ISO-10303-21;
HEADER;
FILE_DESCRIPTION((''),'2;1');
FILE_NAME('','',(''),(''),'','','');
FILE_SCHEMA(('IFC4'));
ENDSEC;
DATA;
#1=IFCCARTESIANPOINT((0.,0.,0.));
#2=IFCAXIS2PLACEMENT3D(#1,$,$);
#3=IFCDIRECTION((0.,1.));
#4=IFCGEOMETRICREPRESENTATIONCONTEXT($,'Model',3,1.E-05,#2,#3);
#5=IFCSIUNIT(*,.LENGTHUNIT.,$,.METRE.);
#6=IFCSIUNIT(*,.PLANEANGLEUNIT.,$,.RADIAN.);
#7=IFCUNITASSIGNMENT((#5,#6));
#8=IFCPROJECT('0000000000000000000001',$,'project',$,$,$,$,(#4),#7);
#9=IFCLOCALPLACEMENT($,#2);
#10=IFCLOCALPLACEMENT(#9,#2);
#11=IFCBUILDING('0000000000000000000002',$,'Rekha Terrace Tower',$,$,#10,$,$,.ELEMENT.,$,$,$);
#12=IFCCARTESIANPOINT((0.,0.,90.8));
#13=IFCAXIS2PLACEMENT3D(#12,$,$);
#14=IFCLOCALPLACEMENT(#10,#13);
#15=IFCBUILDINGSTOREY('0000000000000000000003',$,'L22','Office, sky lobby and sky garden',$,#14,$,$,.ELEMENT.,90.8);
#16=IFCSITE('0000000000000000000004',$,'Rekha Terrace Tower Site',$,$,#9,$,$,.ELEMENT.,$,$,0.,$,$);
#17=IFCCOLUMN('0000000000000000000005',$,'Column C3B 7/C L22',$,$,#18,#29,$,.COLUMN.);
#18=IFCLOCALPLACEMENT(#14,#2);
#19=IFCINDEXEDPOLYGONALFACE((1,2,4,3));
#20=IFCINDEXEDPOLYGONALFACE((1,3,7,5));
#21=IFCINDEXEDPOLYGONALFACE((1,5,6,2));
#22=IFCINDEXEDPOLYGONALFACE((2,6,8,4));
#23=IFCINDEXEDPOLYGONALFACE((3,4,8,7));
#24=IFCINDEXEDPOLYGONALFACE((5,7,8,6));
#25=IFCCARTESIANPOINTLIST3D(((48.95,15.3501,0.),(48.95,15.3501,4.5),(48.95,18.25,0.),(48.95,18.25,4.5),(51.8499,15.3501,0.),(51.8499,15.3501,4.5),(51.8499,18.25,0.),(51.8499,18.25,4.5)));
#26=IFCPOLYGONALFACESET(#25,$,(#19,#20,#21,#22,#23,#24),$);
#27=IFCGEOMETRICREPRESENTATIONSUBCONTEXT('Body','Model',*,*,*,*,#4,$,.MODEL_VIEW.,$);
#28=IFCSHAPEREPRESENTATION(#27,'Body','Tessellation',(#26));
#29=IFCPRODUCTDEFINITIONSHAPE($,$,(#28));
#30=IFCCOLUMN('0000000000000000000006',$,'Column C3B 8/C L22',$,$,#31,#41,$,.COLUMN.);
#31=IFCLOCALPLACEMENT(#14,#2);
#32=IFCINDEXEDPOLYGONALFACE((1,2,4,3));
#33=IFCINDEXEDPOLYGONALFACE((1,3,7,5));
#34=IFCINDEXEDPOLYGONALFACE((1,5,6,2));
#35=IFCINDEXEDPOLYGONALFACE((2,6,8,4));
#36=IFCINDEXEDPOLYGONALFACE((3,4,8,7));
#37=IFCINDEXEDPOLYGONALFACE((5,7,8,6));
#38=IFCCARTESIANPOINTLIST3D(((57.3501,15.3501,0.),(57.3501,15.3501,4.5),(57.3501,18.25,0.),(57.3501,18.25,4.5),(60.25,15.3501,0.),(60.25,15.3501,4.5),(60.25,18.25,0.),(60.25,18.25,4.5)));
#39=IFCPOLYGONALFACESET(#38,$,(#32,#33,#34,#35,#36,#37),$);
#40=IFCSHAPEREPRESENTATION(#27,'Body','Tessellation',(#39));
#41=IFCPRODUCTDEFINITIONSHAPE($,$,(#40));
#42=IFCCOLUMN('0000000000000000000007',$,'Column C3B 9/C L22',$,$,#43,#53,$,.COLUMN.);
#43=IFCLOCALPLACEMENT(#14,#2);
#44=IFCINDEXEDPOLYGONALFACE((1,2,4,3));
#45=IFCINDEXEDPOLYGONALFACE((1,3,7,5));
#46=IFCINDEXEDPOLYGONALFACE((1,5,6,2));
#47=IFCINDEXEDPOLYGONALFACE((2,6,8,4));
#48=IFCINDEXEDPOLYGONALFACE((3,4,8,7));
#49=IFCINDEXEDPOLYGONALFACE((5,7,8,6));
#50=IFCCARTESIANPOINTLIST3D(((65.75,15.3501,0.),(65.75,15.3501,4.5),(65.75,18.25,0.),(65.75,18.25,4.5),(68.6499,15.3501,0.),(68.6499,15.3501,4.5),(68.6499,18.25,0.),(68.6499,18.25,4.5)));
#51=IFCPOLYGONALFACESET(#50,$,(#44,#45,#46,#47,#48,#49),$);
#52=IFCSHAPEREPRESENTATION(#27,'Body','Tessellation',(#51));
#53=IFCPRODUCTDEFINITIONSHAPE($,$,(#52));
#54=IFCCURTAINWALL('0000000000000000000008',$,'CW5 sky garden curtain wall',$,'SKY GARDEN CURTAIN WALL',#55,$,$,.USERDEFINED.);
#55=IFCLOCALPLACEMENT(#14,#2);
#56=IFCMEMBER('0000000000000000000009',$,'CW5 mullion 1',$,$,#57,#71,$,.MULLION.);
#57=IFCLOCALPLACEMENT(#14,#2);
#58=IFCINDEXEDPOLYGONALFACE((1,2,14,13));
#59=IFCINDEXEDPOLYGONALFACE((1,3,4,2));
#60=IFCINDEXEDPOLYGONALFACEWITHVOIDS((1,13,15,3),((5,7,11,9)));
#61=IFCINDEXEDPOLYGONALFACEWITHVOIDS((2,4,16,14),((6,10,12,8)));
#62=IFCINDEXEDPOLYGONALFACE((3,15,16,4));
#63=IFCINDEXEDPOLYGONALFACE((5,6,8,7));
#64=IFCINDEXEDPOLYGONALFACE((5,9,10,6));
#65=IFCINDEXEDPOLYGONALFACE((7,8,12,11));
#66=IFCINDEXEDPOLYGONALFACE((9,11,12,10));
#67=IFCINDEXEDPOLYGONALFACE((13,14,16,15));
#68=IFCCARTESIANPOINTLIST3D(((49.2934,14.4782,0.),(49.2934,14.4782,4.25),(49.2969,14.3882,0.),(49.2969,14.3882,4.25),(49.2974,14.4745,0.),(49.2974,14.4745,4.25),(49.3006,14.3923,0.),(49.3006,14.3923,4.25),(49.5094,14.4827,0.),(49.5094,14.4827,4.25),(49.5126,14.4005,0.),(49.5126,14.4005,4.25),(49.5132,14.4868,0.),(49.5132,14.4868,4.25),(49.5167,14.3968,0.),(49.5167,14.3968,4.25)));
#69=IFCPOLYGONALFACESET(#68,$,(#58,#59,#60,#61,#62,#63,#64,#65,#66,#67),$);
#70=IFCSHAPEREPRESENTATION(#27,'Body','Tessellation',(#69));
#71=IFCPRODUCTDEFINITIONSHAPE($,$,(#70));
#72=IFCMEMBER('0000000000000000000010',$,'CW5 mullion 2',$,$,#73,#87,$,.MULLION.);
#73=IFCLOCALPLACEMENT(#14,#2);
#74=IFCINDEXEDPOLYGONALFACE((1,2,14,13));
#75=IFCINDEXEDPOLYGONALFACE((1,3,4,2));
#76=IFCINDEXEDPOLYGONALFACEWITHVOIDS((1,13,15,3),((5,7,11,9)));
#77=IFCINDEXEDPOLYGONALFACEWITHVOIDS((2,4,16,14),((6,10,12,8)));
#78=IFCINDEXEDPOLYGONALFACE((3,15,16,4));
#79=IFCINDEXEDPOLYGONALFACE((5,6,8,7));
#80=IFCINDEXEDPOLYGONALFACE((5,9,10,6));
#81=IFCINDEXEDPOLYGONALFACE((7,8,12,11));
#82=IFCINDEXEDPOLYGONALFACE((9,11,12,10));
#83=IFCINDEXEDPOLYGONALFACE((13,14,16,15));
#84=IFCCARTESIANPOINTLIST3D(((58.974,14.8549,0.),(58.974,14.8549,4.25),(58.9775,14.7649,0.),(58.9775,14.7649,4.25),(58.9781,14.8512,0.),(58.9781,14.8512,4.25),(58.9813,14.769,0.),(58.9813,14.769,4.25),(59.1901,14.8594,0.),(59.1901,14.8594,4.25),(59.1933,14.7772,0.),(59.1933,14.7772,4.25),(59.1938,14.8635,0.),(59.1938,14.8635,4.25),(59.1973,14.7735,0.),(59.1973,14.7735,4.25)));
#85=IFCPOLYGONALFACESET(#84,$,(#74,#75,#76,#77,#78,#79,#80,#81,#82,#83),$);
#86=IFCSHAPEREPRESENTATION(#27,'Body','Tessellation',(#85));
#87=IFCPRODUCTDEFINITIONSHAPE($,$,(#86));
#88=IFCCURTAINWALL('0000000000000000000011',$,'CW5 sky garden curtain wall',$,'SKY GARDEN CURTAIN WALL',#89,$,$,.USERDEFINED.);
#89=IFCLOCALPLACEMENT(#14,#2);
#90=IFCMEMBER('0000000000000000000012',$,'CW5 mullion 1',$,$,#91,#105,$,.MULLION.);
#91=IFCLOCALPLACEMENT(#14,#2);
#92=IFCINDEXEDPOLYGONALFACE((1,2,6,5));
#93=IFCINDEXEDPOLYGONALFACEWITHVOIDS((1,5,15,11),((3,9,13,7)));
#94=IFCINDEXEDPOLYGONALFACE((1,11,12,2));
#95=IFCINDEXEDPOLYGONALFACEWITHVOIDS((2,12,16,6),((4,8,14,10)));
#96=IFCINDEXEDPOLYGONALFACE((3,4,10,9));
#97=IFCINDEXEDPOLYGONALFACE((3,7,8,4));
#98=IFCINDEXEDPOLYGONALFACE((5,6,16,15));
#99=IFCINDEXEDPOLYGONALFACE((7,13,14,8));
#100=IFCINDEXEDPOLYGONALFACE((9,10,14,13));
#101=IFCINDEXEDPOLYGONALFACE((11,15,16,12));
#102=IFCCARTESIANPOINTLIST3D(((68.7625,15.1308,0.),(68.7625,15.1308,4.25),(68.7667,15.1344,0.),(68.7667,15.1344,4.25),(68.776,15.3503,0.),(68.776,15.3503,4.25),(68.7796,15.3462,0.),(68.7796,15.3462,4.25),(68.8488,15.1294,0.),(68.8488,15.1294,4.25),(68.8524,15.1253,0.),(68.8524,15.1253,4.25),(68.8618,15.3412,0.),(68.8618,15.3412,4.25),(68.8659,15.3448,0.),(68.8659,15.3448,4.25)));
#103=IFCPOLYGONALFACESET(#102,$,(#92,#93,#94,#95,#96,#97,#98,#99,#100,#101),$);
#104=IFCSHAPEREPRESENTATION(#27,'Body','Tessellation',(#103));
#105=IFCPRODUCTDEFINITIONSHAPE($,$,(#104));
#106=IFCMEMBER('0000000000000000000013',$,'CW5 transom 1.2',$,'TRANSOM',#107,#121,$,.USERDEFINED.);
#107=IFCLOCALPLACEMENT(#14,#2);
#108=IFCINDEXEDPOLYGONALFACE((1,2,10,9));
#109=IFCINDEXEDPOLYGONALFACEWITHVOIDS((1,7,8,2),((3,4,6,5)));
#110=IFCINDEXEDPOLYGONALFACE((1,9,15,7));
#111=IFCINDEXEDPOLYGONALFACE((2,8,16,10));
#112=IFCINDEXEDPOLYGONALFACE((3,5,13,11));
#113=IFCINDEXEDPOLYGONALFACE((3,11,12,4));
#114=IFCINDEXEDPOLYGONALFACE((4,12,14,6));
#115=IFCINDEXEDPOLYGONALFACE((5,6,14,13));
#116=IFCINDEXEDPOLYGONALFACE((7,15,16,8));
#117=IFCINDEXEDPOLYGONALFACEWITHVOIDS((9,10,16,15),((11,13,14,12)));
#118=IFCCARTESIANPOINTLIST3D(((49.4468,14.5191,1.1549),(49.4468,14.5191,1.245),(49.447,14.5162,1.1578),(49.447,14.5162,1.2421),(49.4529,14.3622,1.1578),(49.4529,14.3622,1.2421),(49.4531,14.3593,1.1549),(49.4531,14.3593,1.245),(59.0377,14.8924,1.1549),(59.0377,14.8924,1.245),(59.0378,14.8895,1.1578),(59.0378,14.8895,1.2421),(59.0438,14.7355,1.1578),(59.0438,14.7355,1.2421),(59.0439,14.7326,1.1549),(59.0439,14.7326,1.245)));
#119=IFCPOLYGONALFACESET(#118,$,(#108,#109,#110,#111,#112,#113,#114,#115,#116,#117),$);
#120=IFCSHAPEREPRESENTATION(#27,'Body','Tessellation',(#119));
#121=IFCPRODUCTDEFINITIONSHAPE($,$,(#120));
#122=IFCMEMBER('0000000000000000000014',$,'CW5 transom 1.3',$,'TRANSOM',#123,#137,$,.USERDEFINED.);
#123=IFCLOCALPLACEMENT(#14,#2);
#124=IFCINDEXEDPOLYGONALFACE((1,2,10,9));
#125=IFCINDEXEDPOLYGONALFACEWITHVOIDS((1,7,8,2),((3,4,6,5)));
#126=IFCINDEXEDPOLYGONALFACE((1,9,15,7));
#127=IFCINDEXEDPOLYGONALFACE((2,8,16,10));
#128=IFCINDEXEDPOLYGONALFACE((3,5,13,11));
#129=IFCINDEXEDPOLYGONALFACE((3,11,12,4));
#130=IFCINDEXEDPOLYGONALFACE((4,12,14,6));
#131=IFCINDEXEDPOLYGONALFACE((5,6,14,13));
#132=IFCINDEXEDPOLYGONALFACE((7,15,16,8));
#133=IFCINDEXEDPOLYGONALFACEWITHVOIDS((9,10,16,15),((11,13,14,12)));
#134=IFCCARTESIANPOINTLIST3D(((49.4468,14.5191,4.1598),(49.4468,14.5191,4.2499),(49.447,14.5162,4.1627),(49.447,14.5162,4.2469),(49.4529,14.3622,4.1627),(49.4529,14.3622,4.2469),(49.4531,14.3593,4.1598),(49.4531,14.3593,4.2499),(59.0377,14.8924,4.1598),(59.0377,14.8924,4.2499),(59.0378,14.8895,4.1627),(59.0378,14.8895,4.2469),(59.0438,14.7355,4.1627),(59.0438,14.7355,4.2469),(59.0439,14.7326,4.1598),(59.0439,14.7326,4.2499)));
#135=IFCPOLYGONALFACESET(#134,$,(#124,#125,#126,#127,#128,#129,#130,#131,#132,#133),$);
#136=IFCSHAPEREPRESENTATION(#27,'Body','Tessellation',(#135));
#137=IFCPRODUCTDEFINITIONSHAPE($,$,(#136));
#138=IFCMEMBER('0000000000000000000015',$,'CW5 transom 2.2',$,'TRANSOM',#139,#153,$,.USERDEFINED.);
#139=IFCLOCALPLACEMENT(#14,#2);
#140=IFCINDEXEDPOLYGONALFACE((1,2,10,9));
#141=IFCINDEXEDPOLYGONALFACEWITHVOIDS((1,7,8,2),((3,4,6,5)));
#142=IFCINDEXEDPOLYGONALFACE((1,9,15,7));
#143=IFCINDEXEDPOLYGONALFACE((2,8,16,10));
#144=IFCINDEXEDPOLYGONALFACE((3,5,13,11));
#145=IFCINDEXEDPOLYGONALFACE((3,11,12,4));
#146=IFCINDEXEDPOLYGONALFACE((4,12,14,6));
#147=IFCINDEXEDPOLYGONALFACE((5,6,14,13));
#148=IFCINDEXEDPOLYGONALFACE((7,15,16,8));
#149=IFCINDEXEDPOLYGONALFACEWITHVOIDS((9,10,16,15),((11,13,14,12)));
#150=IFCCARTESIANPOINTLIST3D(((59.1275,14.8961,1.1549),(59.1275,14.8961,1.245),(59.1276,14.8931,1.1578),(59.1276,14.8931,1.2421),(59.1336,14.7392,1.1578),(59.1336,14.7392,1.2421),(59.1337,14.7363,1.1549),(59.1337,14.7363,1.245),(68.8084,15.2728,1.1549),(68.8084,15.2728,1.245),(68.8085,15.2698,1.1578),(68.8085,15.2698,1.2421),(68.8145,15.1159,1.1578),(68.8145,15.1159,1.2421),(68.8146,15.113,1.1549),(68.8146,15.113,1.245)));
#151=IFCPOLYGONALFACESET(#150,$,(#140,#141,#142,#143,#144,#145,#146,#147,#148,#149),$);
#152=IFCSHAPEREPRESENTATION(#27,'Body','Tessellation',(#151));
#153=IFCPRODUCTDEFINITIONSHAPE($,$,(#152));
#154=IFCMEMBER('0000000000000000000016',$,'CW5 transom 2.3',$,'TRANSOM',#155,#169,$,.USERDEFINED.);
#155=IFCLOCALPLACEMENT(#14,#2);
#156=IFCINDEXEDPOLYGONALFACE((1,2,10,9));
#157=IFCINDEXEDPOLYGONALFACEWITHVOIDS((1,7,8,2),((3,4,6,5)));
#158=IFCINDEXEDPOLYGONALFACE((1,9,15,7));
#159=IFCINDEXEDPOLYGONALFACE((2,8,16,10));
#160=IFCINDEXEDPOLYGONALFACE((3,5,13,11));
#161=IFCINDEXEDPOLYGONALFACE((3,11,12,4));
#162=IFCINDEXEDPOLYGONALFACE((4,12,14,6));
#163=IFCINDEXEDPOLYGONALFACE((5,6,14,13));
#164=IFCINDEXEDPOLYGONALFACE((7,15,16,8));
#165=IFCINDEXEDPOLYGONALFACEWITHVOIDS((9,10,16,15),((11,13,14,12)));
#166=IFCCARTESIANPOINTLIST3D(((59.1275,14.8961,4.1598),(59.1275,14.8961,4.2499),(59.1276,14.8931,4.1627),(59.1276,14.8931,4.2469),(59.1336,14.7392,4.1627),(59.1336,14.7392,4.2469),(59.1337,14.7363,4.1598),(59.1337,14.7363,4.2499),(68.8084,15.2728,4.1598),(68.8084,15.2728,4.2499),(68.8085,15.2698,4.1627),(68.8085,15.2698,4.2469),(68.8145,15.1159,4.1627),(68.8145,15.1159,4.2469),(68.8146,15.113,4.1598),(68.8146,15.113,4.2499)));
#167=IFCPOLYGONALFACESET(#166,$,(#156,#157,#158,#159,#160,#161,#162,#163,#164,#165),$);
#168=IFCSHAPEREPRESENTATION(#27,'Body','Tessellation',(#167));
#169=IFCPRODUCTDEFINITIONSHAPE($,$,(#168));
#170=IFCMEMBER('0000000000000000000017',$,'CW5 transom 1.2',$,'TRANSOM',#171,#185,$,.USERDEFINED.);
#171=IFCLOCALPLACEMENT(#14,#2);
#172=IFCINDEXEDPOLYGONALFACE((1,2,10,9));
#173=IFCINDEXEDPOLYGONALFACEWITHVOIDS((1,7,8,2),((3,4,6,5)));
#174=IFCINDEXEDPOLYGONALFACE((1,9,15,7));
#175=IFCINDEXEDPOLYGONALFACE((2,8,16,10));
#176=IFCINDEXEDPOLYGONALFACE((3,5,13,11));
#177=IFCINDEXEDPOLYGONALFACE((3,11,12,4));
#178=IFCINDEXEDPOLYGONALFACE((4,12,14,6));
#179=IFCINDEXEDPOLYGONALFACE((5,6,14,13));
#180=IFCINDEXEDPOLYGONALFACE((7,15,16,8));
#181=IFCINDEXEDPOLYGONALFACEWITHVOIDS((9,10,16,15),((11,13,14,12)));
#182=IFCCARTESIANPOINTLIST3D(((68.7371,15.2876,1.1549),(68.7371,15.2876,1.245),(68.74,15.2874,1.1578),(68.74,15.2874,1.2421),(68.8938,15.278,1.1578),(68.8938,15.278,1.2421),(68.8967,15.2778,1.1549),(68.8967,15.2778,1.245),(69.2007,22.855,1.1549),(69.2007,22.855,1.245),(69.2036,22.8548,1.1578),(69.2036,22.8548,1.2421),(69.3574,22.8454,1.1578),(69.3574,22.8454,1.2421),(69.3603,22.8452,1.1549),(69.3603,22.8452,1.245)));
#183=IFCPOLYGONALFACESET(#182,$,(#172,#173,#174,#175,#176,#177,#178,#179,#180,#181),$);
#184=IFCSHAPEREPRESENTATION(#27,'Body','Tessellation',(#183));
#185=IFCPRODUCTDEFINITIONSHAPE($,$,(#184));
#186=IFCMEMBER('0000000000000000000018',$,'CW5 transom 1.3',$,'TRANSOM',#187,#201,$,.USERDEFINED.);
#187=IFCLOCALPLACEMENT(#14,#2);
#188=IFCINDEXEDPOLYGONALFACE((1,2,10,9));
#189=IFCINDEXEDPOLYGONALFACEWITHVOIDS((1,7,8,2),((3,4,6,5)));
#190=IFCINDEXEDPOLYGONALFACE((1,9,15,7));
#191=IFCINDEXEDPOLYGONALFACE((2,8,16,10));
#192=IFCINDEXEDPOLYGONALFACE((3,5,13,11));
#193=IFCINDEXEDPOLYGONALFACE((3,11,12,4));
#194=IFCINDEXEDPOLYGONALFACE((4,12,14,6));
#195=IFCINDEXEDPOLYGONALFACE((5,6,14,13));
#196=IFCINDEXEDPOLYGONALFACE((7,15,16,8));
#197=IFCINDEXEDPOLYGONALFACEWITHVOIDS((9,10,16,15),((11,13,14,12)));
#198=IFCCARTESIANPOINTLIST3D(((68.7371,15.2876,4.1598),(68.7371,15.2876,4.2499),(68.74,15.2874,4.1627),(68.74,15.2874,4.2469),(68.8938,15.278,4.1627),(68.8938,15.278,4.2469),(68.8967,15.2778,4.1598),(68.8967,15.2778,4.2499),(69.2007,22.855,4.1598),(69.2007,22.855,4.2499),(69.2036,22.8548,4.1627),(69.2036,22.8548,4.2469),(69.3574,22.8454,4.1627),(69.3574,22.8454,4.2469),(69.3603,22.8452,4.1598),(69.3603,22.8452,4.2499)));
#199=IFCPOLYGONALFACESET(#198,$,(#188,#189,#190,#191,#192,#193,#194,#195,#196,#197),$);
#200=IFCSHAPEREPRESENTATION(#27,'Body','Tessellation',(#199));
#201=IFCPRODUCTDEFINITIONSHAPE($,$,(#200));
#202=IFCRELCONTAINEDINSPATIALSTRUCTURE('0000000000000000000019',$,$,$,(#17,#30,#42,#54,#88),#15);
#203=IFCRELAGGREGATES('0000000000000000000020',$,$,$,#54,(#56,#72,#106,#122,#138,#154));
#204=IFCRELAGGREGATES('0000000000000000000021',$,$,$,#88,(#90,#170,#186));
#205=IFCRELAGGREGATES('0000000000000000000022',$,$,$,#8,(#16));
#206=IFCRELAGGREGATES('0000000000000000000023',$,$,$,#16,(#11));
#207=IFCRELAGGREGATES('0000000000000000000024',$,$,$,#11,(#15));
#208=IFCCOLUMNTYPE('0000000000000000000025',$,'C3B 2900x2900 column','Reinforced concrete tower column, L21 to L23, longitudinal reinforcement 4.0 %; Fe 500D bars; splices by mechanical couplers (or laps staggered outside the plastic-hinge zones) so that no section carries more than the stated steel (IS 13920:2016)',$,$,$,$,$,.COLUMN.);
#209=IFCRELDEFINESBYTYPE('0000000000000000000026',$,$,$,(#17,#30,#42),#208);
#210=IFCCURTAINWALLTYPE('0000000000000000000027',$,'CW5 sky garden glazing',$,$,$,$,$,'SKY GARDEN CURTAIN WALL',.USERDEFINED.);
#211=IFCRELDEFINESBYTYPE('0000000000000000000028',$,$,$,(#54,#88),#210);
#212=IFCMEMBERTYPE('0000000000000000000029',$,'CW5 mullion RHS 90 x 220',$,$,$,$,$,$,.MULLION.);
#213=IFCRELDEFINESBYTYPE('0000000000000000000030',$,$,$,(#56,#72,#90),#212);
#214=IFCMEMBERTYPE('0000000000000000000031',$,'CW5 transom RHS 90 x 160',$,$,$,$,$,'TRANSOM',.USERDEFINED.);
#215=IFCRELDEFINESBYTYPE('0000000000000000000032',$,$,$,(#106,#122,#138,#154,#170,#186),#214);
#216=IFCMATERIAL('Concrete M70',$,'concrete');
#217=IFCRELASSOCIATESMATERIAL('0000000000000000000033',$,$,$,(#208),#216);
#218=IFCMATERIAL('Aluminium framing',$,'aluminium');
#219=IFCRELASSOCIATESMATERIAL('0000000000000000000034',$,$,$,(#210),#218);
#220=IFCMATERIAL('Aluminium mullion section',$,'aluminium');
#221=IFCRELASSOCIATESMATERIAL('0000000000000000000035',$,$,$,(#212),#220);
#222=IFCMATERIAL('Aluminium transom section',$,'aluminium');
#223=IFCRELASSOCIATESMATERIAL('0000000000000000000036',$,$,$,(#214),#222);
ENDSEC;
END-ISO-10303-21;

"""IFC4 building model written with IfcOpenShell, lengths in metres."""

from ifc_helpers import new_model, si_unit, direction, frame, origin, origin_2d, place, context, subcontext, project, spatial, rectangle, hollow_rectangle, extrude, material, material_profile, profile_set, type_object, element, aggregate, save


model = new_model("IFC4")

# Units and contexts
model_context = context("Model", 3, precision=1e-05, world=origin(), true_north=direction((0.0, 1.0)))
body_context = subcontext(model_context, "Body", "Model", "MODEL_VIEW")
ifc_project = project(units=[si_unit("LENGTHUNIT", "METRE"), si_unit("PLANEANGLEUNIT", "RADIAN")], contexts=[model_context])

# Site, building, storey
site_placement = place(None, origin())
site = spatial("IfcSite", under=ifc_project, at=site_placement, Name="Rekha Terrace Tower Site", CompositionType="ELEMENT", RefElevation=0.0)
building_placement = place(site_placement, origin())
building = spatial("IfcBuilding", under=site, at=building_placement, Name="Rekha Terrace Tower", CompositionType="ELEMENT")
storey_placement = place(building_placement, frame((0.0, 0.0, 90.8)))
storey = spatial("IfcBuildingStorey", under=building, at=storey_placement, Name="L22", Description="Office, sky lobby and sky garden", CompositionType="ELEMENT", Elevation=90.8)

# Columns
ifc_material_1 = material(Name="Concrete M70", Category="concrete")
ifc_material_profile_1 = material_profile(ifc_material_1, rectangle(XDim=2.8999, YDim=2.8999, at=origin_2d()), Name="RC 2900x2900")
ifc_profile_set_1 = profile_set([ifc_material_profile_1], Name="Concrete M70")
column_type = type_object("IfcColumnType", Name="C3B 2900x2900 column", Description="Reinforced concrete tower column, L21 to L23, longitudinal reinforcement 4.0 %; Fe 500D bars; splices by mechanical couplers (or laps staggered outside the plastic-hinge zones) so that no section carries more than the stated steel (IS 13920:2016)", PredefinedType="COLUMN", material=ifc_profile_set_1)
for number, where, z_axis, x_axis, name in (
    (1, (50.3999, 16.8, 0.0), (0.0, 0.0, 1.0), (1.0, 0.0, 0.0), "Column C3B 7/C L22"),
    (2, (58.8, 16.8, 0.0), (0.0, 0.0, 1.0), (1.0, 0.0, 0.0), "Column C3B 8/C L22"),
    (3, (67.2, 16.8, 0.0), (0.0, 0.0, 1.0), (1.0, 0.0, 0.0), "Column C3B 9/C L22"),
):
    element("IfcColumn", number, at=place(storey_placement, frame(where, z_axis=z_axis, x_axis=x_axis)), inside=storey, type_object=column_type, Name=name, PredefinedType="COLUMN", context=body_context, shape_type="SweptSolid", body=[
        extrude(rectangle(XDim=2.8999, YDim=2.8999, at=origin_2d()), origin(), (0.0, 0.0, 1.0), 4.5),
    ])

# Curtain wall, members
ifc_material_2 = material(Name="Aluminium framing", Category="aluminium")
curtain_wall_type = type_object("IfcCurtainWallType", Name="CW5 sky garden glazing", ElementType="SKY GARDEN CURTAIN WALL", PredefinedType="USERDEFINED", material=ifc_material_2)
curtain_wall_1_placement = place(storey_placement, origin())
curtain_wall_1 = element("IfcCurtainWall", 4, at=curtain_wall_1_placement, inside=storey, type_object=curtain_wall_type, Name="CW5 sky garden curtain wall", ObjectType="SKY GARDEN CURTAIN WALL", PredefinedType="USERDEFINED")
ifc_material_3 = material(Name="Aluminium mullion section", Category="aluminium")
ifc_material_profile_2 = material_profile(ifc_material_3, hollow_rectangle(XDim=0.0901, YDim=0.22, WallThickness=0.0039, at=origin_2d()), Name="AL RHS 90x220")
ifc_profile_set_2 = profile_set([ifc_material_profile_2], Name="Aluminium mullion section")
member_type_1 = type_object("IfcMemberType", Name="CW5 mullion RHS 90 x 220", PredefinedType="MULLION", material=ifc_profile_set_2)
member_1_placement = place(storey_placement, frame((49.405, 14.4375, 0.0), z_axis=(0.0, 0.0, 1.0), x_axis=(-0.03889, 0.999243, 0.0)))
member_1 = element("IfcMember", 5, at=member_1_placement, type_object=member_type_1, Name="CW5 mullion 1", PredefinedType="MULLION", context=body_context, shape_type="SweptSolid", body=[
    extrude(hollow_rectangle(XDim=0.0901, YDim=0.22, WallThickness=0.0039, at=origin_2d()), origin(), (0.0, 0.0, 1.0), 4.25),
])
member_2_placement = place(storey_placement, frame((59.0857, 14.8142, 0.0), z_axis=(0.0, 0.0, 1.0), x_axis=(-0.03889, 0.999243, 0.0)))
member_2 = element("IfcMember", 6, at=member_2_placement, type_object=member_type_1, Name="CW5 mullion 2", PredefinedType="MULLION", context=body_context, shape_type="SweptSolid", body=[
    extrude(hollow_rectangle(XDim=0.0901, YDim=0.22, WallThickness=0.0039, at=origin_2d()), origin(), (0.0, 0.0, 1.0), 4.25),
])

# Curtain wall, member
curtain_wall_2_placement = place(storey_placement, origin())
curtain_wall_2 = element("IfcCurtainWall", 7, at=curtain_wall_2_placement, inside=storey, type_object=curtain_wall_type, Name="CW5 sky garden curtain wall", ObjectType="SKY GARDEN CURTAIN WALL", PredefinedType="USERDEFINED")
member_3_placement = place(storey_placement, frame((68.8142, 15.2378, 0.0), z_axis=(0.0, 0.0, 1.0), x_axis=(-0.998128, 0.06116, 0.0)))
member_3 = element("IfcMember", 8, at=member_3_placement, type_object=member_type_1, Name="CW5 mullion 1", PredefinedType="MULLION", context=body_context, shape_type="SweptSolid", body=[
    extrude(hollow_rectangle(XDim=0.0901, YDim=0.22, WallThickness=0.0039, at=origin_2d()), origin(), (0.0, 0.0, 1.0), 4.25),
])

# Members
ifc_material_4 = material(Name="Aluminium transom section", Category="aluminium")
ifc_material_profile_3 = material_profile(ifc_material_4, hollow_rectangle(XDim=0.1599, YDim=0.0901, WallThickness=0.0029, at=origin_2d()), Name="AL RHS 160x90")
ifc_profile_set_3 = profile_set([ifc_material_profile_3], Name="Aluminium transom section")
member_type_2 = type_object("IfcMemberType", Name="CW5 transom RHS 90 x 160", ElementType="TRANSOM", PredefinedType="USERDEFINED", material=ifc_profile_set_3)
member_4_placement = place(storey_placement, frame((49.45, 14.4392, 1.2), z_axis=(0.999243, 0.038892, 0.0), x_axis=(-0.038892, 0.999243, 0.0)))
member_4 = element("IfcMember", 9, at=member_4_placement, type_object=member_type_2, Name="CW5 transom 1.2", ObjectType="TRANSOM", PredefinedType="USERDEFINED", context=body_context, shape_type="SweptSolid", body=[
    extrude(hollow_rectangle(XDim=0.1599, YDim=0.0901, WallThickness=0.0029, at=origin_2d()), origin(), (0.0, 0.0, 1.0), 9.5981),
])
member_5_placement = place(storey_placement, frame((49.45, 14.4392, 4.2048), z_axis=(0.999243, 0.038892, 0.0), x_axis=(-0.038892, 0.999243, 0.0)))
member_5 = element("IfcMember", 10, at=member_5_placement, type_object=member_type_2, Name="CW5 transom 1.3", ObjectType="TRANSOM", PredefinedType="USERDEFINED", context=body_context, shape_type="SweptSolid", body=[
    extrude(hollow_rectangle(XDim=0.1599, YDim=0.0901, WallThickness=0.0029, at=origin_2d()), origin(), (0.0, 0.0, 1.0), 9.5981),
])
member_6_placement = place(storey_placement, frame((59.1306, 14.8162, 1.2), z_axis=(0.999244, 0.038883, 0.0), x_axis=(-0.038883, 0.999244, 0.0)))
member_6 = element("IfcMember", 11, at=member_6_placement, type_object=member_type_2, Name="CW5 transom 2.2", ObjectType="TRANSOM", PredefinedType="USERDEFINED", context=body_context, shape_type="SweptSolid", body=[
    extrude(hollow_rectangle(XDim=0.1599, YDim=0.0901, WallThickness=0.0029, at=origin_2d()), origin(), (0.0, 0.0, 1.0), 9.6882),
])
member_7_placement = place(storey_placement, frame((59.1306, 14.8162, 4.2048), z_axis=(0.999244, 0.038883, 0.0), x_axis=(-0.038883, 0.999244, 0.0)))
member_7 = element("IfcMember", 12, at=member_7_placement, type_object=member_type_2, Name="CW5 transom 2.3", ObjectType="TRANSOM", PredefinedType="USERDEFINED", context=body_context, shape_type="SweptSolid", body=[
    extrude(hollow_rectangle(XDim=0.1599, YDim=0.0901, WallThickness=0.0029, at=origin_2d()), origin(), (0.0, 0.0, 1.0), 9.6882),
])
member_8_placement = place(storey_placement, frame((68.8169, 15.2827, 1.2), z_axis=(0.061151, 0.998129, 0.0), x_axis=(-0.998129, 0.061151, 0.0)))
member_8 = element("IfcMember", 13, at=member_8_placement, type_object=member_type_2, Name="CW5 transom 1.2", ObjectType="TRANSOM", PredefinedType="USERDEFINED", context=body_context, shape_type="SweptSolid", body=[
    extrude(hollow_rectangle(XDim=0.1599, YDim=0.0901, WallThickness=0.0029, at=origin_2d()), origin(), (0.0, 0.0, 1.0), 7.5815),
])
member_9_placement = place(storey_placement, frame((68.8169, 15.2827, 4.2048), z_axis=(0.061151, 0.998129, 0.0), x_axis=(-0.998129, 0.061151, 0.0)))
member_9 = element("IfcMember", 14, at=member_9_placement, type_object=member_type_2, Name="CW5 transom 1.3", ObjectType="TRANSOM", PredefinedType="USERDEFINED", context=body_context, shape_type="SweptSolid", body=[
    extrude(hollow_rectangle(XDim=0.1599, YDim=0.0901, WallThickness=0.0029, at=origin_2d()), origin(), (0.0, 0.0, 1.0), 7.5815),
])

aggregate(curtain_wall_1, [member_1, member_2, member_4, member_5, member_6, member_7])
aggregate(curtain_wall_2, [member_3, member_8, member_9])

save(model, "model.ifc")
